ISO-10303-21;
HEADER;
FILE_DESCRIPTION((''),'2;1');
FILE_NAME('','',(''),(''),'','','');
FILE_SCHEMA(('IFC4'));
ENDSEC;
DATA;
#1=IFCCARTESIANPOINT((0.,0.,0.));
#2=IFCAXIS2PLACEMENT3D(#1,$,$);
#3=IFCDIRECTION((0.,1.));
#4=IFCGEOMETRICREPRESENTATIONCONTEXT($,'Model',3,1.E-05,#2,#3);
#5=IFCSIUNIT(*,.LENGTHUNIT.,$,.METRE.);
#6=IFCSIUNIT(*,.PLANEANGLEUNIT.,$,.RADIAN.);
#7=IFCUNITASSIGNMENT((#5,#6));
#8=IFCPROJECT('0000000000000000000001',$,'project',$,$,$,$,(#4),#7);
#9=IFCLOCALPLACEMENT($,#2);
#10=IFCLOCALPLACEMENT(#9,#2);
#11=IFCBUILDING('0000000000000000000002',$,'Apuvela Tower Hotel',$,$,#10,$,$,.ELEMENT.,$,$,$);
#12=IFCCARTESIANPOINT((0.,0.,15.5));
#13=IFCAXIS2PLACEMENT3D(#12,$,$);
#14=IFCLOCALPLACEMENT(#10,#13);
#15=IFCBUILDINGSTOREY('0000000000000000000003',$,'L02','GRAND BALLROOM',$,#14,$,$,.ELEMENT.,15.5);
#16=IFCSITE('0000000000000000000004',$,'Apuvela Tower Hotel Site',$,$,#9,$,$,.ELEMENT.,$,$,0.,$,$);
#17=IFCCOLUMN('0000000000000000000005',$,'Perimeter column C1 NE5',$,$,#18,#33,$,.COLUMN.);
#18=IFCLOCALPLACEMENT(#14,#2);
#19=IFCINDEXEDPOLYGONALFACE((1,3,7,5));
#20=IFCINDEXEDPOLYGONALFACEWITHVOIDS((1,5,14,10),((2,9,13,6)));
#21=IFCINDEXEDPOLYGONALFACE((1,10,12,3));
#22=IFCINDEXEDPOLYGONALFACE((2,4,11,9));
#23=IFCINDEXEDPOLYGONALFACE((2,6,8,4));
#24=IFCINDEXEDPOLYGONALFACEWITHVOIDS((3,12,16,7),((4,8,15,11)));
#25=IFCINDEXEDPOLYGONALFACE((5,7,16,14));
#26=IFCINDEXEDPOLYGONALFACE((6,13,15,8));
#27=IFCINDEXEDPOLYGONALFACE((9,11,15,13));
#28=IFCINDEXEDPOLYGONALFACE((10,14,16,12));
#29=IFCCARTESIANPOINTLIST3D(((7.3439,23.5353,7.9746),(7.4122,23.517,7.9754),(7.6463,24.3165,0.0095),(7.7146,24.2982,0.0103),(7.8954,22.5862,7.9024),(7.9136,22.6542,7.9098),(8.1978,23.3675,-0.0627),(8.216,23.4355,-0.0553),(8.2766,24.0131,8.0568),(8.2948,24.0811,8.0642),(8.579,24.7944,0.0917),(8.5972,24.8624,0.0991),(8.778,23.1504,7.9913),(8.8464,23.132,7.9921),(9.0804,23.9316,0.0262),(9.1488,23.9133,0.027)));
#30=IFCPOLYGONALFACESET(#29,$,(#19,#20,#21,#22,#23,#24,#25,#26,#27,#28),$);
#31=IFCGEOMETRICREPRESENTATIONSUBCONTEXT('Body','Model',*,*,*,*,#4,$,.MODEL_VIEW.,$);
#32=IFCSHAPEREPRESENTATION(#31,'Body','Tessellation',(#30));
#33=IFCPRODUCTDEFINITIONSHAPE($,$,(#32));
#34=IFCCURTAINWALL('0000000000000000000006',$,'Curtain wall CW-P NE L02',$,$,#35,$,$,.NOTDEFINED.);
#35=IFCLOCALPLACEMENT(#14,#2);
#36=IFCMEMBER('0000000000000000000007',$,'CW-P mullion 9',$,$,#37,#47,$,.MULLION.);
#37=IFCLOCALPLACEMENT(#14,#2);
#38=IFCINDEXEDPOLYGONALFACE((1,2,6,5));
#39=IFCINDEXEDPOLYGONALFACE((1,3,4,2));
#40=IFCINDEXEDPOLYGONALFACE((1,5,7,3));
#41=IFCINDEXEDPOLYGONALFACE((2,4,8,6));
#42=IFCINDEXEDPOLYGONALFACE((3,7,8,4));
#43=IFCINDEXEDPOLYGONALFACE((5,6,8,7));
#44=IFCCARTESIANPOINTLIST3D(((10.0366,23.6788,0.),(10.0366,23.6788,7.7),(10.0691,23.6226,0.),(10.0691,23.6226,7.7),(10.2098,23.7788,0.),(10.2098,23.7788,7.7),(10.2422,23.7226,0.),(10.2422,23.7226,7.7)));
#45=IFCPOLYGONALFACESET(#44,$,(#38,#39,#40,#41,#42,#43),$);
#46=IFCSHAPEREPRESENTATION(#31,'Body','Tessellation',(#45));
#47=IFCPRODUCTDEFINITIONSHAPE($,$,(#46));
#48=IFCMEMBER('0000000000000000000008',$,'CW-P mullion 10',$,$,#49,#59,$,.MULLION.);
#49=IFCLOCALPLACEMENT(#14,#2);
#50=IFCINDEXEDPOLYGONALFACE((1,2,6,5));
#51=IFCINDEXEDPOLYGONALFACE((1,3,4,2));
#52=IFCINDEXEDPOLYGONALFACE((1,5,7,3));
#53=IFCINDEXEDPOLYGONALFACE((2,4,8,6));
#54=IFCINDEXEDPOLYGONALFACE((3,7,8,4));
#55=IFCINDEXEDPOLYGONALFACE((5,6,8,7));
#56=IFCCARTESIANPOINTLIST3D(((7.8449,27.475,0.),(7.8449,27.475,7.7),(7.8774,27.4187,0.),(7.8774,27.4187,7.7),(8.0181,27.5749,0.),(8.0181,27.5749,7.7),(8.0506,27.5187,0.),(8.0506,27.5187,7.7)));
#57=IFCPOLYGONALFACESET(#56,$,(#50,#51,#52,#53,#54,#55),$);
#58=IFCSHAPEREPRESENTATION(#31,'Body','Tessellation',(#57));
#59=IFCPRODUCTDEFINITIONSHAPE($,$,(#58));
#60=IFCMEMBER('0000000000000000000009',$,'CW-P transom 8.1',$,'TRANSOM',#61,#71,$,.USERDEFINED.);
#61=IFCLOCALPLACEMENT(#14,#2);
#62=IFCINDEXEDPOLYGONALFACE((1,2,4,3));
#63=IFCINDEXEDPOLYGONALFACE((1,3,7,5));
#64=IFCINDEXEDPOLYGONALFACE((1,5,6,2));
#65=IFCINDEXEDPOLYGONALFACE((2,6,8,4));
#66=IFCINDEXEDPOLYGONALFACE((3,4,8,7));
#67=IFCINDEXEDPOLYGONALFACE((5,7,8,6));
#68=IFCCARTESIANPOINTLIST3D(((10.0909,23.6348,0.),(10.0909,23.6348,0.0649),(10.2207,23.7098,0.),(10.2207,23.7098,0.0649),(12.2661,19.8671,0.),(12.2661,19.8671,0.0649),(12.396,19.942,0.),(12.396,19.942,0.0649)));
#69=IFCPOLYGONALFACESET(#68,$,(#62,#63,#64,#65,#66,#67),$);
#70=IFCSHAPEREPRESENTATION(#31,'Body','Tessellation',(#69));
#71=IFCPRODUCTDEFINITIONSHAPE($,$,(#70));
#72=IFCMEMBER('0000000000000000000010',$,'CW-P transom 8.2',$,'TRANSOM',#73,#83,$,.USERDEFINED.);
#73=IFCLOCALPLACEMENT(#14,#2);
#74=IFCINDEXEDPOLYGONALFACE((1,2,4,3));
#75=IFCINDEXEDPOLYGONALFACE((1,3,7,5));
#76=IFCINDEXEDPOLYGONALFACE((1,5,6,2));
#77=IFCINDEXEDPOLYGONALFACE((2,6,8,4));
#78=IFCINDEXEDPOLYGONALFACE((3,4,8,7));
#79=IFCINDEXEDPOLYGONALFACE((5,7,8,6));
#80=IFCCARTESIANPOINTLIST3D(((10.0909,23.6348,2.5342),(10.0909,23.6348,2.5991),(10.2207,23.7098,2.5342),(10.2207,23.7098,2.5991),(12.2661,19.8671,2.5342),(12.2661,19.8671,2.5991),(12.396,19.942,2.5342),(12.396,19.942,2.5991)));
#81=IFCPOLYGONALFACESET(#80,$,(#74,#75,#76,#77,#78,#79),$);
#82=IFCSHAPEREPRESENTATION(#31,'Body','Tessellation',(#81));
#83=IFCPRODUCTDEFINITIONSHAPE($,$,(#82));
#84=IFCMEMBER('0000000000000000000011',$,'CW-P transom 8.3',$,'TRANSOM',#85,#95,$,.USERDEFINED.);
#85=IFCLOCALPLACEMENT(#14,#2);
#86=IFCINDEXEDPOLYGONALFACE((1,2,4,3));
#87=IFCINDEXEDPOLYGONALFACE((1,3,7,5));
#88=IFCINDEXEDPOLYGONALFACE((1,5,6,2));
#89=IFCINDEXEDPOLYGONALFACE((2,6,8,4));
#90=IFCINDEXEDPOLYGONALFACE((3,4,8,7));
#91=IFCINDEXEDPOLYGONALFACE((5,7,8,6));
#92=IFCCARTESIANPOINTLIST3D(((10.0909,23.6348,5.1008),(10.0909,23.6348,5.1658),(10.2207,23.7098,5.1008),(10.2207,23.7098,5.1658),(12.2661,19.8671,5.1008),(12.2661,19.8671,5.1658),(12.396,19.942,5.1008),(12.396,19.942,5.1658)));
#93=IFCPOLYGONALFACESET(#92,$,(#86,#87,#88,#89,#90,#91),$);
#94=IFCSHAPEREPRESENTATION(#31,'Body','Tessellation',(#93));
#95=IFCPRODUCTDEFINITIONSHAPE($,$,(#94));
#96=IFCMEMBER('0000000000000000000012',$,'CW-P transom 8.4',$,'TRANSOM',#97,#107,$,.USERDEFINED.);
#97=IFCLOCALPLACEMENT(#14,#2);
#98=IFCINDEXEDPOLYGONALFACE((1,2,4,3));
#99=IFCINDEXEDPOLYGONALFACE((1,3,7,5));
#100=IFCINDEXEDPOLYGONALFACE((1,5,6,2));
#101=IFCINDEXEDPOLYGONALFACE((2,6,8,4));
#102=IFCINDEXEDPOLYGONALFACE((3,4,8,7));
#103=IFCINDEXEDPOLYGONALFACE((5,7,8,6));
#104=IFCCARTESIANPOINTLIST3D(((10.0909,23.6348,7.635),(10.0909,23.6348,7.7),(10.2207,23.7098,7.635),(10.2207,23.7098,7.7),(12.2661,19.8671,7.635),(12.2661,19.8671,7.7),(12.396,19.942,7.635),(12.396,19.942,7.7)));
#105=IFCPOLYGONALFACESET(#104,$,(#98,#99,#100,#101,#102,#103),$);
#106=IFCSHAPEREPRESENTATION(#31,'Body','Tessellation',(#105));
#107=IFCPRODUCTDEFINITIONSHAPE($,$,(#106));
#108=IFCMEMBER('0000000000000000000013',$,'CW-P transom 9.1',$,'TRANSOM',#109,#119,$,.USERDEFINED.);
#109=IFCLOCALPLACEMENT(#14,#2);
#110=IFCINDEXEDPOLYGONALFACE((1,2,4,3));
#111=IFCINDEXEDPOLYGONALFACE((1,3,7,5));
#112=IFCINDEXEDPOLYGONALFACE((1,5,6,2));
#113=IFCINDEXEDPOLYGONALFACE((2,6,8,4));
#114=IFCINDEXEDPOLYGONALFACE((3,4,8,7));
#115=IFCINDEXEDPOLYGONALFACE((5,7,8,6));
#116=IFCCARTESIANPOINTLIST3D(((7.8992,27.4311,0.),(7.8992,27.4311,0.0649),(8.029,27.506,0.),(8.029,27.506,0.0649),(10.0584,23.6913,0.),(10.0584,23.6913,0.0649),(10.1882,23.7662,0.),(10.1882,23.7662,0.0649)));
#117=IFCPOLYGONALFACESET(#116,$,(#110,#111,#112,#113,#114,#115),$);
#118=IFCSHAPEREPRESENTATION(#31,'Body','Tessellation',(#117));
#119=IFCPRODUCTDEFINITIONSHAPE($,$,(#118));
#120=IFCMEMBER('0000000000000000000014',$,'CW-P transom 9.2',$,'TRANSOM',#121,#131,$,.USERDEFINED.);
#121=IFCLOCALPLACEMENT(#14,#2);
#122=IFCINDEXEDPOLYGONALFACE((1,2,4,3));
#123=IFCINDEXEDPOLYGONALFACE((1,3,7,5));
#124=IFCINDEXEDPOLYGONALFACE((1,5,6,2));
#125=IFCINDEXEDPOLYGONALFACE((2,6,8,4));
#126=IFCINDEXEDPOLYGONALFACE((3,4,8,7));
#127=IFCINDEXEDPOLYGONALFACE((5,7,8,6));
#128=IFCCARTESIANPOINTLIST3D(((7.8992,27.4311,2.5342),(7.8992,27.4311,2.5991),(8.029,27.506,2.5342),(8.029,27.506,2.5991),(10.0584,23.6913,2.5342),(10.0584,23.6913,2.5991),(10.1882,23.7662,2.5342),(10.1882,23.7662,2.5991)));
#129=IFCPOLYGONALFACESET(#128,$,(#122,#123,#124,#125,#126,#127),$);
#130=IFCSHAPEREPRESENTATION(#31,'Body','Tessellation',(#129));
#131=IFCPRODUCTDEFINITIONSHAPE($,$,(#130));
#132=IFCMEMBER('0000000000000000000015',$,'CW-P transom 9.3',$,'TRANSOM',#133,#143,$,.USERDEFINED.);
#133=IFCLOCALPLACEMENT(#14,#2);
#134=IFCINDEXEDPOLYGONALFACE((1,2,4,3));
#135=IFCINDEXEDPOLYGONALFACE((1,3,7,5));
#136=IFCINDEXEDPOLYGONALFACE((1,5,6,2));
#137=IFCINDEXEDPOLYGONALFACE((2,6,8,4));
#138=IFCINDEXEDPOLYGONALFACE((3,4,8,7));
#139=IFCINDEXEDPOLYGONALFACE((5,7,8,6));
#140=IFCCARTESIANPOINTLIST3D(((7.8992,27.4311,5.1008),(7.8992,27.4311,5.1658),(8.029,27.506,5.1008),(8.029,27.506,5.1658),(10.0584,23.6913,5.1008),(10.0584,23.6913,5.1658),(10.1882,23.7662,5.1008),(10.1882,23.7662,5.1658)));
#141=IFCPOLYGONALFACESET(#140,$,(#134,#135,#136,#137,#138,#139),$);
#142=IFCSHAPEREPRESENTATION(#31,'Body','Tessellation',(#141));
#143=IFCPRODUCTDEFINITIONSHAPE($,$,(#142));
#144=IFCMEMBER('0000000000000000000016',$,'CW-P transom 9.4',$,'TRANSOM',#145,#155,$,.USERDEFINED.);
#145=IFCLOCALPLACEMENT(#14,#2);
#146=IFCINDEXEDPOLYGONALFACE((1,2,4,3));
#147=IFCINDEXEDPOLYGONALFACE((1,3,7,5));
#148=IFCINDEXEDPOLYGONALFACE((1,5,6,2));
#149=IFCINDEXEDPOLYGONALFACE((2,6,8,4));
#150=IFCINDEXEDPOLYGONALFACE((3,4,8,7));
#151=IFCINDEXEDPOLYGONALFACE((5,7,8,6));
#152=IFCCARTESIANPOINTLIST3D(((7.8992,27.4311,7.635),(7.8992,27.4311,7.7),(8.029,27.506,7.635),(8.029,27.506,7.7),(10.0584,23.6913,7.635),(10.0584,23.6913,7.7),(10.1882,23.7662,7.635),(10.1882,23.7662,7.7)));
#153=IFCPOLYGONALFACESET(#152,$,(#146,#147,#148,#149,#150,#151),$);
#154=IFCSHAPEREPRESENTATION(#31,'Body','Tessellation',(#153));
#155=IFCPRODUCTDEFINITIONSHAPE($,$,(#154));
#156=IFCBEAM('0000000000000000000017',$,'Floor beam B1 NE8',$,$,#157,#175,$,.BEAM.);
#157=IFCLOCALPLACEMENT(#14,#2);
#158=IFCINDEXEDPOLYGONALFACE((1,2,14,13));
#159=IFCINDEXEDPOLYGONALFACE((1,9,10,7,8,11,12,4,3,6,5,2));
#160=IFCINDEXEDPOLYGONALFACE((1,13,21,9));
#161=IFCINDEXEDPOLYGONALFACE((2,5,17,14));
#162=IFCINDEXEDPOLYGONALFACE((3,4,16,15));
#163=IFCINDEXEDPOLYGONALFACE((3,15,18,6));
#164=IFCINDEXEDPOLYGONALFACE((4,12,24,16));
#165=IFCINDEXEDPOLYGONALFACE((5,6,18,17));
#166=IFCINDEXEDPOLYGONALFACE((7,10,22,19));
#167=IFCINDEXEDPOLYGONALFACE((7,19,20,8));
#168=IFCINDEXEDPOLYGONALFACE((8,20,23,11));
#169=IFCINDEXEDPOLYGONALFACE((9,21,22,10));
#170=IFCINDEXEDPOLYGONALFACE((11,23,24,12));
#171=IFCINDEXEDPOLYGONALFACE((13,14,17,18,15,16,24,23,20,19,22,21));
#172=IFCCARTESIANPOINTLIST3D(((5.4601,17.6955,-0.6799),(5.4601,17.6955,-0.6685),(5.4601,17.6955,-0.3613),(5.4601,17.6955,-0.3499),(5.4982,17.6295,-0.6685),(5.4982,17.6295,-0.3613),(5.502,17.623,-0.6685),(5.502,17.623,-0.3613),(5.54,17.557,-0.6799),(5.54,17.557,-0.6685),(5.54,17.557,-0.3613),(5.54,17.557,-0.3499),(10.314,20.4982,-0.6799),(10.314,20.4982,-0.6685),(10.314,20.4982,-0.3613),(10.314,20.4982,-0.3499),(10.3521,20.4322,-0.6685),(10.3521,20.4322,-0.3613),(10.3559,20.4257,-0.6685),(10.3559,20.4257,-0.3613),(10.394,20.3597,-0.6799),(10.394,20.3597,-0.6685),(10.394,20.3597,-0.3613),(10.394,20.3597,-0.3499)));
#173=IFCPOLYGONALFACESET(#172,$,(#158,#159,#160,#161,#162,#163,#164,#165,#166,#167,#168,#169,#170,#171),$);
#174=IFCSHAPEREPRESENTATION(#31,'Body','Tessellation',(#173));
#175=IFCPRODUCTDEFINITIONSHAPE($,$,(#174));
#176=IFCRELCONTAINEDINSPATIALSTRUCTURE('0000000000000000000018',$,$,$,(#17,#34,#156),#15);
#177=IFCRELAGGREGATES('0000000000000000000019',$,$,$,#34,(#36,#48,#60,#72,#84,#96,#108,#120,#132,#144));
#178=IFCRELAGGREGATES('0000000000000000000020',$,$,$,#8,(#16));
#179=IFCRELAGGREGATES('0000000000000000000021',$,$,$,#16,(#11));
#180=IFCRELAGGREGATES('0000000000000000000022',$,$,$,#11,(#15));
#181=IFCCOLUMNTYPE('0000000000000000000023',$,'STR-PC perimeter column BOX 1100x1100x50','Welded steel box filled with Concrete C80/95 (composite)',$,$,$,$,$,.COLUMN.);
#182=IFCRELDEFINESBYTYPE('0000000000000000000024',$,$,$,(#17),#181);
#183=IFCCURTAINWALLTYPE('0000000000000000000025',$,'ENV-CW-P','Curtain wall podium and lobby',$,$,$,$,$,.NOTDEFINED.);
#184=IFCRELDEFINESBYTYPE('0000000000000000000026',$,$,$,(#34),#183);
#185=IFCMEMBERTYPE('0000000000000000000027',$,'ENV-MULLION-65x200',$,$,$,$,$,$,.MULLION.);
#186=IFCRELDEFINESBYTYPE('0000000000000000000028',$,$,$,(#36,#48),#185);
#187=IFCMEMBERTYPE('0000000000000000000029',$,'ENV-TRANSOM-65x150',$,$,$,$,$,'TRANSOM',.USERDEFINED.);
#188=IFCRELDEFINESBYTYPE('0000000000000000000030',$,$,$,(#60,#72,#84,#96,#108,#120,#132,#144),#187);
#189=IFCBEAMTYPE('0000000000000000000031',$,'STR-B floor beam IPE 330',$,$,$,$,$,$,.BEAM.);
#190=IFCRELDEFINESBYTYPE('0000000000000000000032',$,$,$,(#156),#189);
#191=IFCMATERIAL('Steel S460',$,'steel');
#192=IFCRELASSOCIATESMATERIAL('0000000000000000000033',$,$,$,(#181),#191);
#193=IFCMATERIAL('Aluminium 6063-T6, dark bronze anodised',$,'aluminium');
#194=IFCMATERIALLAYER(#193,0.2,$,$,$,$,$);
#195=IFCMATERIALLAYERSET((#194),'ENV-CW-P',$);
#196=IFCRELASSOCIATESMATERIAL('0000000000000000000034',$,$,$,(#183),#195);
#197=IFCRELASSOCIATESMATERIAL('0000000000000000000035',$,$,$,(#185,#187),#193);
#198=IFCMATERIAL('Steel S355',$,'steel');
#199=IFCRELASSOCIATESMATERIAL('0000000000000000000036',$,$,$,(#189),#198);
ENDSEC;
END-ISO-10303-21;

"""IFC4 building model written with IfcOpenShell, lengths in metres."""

from ifc_helpers import new_model, si_unit, direction, frame, origin, origin_2d, place, context, subcontext, project, spatial, rectangle, hollow_rectangle, i_section, extrude, boolean, halfspace, material, layer, layer_set, material_profile, profile_set, type_object, element, aggregate, save


model = new_model("IFC4")

# Units and contexts
model_context = context("Model", 3, precision=1e-05, world=origin(), true_north=direction((0.0, 1.0)))
body_context = subcontext(model_context, "Body", "Model", "MODEL_VIEW")
ifc_project = project(units=[si_unit("LENGTHUNIT", "METRE"), si_unit("PLANEANGLEUNIT", "RADIAN")], contexts=[model_context])

# Site, building, storey
site_placement = place(None, origin())
site = spatial("IfcSite", under=ifc_project, at=site_placement, Name="Apuvela Tower Hotel Site", CompositionType="ELEMENT", RefElevation=0.0)
building_placement = place(site_placement, origin())
building = spatial("IfcBuilding", under=site, at=building_placement, Name="Apuvela Tower Hotel", CompositionType="ELEMENT")
storey_placement = place(building_placement, frame((0.0, 0.0, 15.5)))
storey = spatial("IfcBuildingStorey", under=building, at=storey_placement, Name="L02", Description="GRAND BALLROOM", CompositionType="ELEMENT", Elevation=15.5)

# Column
ifc_material_1 = material(Name="Steel S460", Category="steel")
ifc_material_profile_1 = material_profile(ifc_material_1, hollow_rectangle(XDim=1.1001, YDim=1.1001, WallThickness=0.05, at=origin_2d()), Name="BOX 1100x1100x50")
ifc_material_2 = material(Name="Concrete C80/95", Category="concrete")
ifc_material_profile_2 = material_profile(ifc_material_2, rectangle(XDim=1.0, YDim=1.0, at=origin_2d()), Name="Concrete C80/95 infill")
ifc_profile_set_1 = profile_set([ifc_material_profile_1, ifc_material_profile_2], Name="Steel S460")
column_type = type_object("IfcColumnType", Name="STR-PC perimeter column BOX 1100x1100x50", Description="Welded steel box filled with Concrete C80/95 (composite)", PredefinedType="COLUMN", material=ifc_profile_set_1)
column_placement = place(storey_placement, frame((8.3982, 24.1167, 0.0), z_axis=(-0.037756, -0.097545, 0.994515), x_axis=(-0.501389, 0.862733, 0.065585)))
element("IfcColumn", 1, at=column_placement, inside=storey, type_object=column_type, Name="Perimeter column C1 NE5", PredefinedType="COLUMN", context=body_context, shape_type="SweptSolid", body=[
    boolean("DIFFERENCE", boolean("DIFFERENCE", extrude(hollow_rectangle(XDim=1.1001, YDim=1.1001, WallThickness=0.05, at=origin_2d()), origin(), (0.0, 0.0, 1.0), 8.0442), halfspace(frame((0.0, 0.0, 0.0183), z_axis=(0.0, 0.0, 1.0), x_axis=(1.0, 0.0, 0.0)), True)), halfspace(frame((0.0, 0.0, 8.0273), z_axis=(0.0, 0.0, 1.0), x_axis=(1.0, 0.0, 0.0)), False)),
])

# Curtain wall, members
ifc_material_3 = material(Name="Aluminium 6063-T6, dark bronze anodised", Category="aluminium")
ifc_layer_1 = layer(ifc_material_3, 0.2)
ifc_layer_set_1 = layer_set([ifc_layer_1], Name="ENV-CW-P")
curtain_wall_type = type_object("IfcCurtainWallType", Name="ENV-CW-P", Description="Curtain wall podium and lobby", PredefinedType="NOTDEFINED", material=ifc_layer_set_1)
curtain_wall_placement = place(storey_placement, origin())
curtain_wall = element("IfcCurtainWall", 2, at=curtain_wall_placement, inside=storey, type_object=curtain_wall_type, Name="Curtain wall CW-P NE L02", PredefinedType="NOTDEFINED")
ifc_material_profile_3 = material_profile(ifc_material_3, rectangle(XDim=0.2, YDim=0.0649, at=origin_2d()), Name="AL 65x200")
ifc_profile_set_2 = profile_set([ifc_material_profile_3], Name="Aluminium 6063-T6, dark bronze anodised")
member_type_1 = type_object("IfcMemberType", Name="ENV-MULLION-65x200", PredefinedType="MULLION", material=ifc_profile_set_2)
member_1_placement = place(storey_placement, frame((10.1394, 23.7007, 0.0), z_axis=(0.0, 0.0, 1.0), x_axis=(-0.866025, -0.500001, 0.0)))
member_1 = element("IfcMember", 3, at=member_1_placement, type_object=member_type_1, Name="CW-P mullion 9", PredefinedType="MULLION", context=body_context, shape_type="SweptSolid", body=[
    extrude(rectangle(XDim=0.2, YDim=0.0649, at=origin_2d()), origin(), (0.0, 0.0, 1.0), 7.7),
])
member_2_placement = place(storey_placement, frame((7.9478, 27.4968, 0.0), z_axis=(0.0, 0.0, 1.0), x_axis=(-0.866025, -0.500001, 0.0)))
member_2 = element("IfcMember", 4, at=member_2_placement, type_object=member_type_1, Name="CW-P mullion 10", PredefinedType="MULLION", context=body_context, shape_type="SweptSolid", body=[
    extrude(rectangle(XDim=0.2, YDim=0.0649, at=origin_2d()), origin(), (0.0, 0.0, 1.0), 7.7),
])
ifc_material_profile_4 = material_profile(ifc_material_3, rectangle(XDim=0.1499, YDim=0.0649, at=origin_2d()), Name="AL 65x150 transom")
ifc_profile_set_3 = profile_set([ifc_material_profile_4], Name="Aluminium 6063-T6, dark bronze anodised")
member_type_2 = type_object("IfcMemberType", Name="ENV-TRANSOM-65x150", ElementType="TRANSOM", PredefinedType="USERDEFINED", material=ifc_profile_set_3)
member_3_placement = place(storey_placement, frame((12.3311, 19.9045, 0.0325), z_axis=(-0.49999, 0.866031, 0.0), x_axis=(-0.866031, -0.49999, 0.0)))
member_3 = element("IfcMember", 5, at=member_3_placement, type_object=member_type_2, Name="CW-P transom 8.1", ObjectType="TRANSOM", PredefinedType="USERDEFINED", context=body_context, shape_type="SweptSolid", body=[
    extrude(rectangle(XDim=0.1499, YDim=0.0649, at=origin_2d()), origin(), (0.0, 0.0, 1.0), 4.3506),
])
member_4_placement = place(storey_placement, frame((12.3311, 19.9045, 2.5667), z_axis=(-0.49999, 0.866031, 0.0), x_axis=(-0.866031, -0.49999, 0.0)))
member_4 = element("IfcMember", 6, at=member_4_placement, type_object=member_type_2, Name="CW-P transom 8.2", ObjectType="TRANSOM", PredefinedType="USERDEFINED", context=body_context, shape_type="SweptSolid", body=[
    extrude(rectangle(XDim=0.1499, YDim=0.0649, at=origin_2d()), origin(), (0.0, 0.0, 1.0), 4.3506),
])
member_5_placement = place(storey_placement, frame((12.3311, 19.9045, 5.1333), z_axis=(-0.49999, 0.866031, 0.0), x_axis=(-0.866031, -0.49999, 0.0)))
member_5 = element("IfcMember", 7, at=member_5_placement, type_object=member_type_2, Name="CW-P transom 8.3", ObjectType="TRANSOM", PredefinedType="USERDEFINED", context=body_context, shape_type="SweptSolid", body=[
    extrude(rectangle(XDim=0.1499, YDim=0.0649, at=origin_2d()), origin(), (0.0, 0.0, 1.0), 4.3506),
])
member_6_placement = place(storey_placement, frame((12.3311, 19.9045, 7.6675), z_axis=(-0.49999, 0.866031, 0.0), x_axis=(-0.866031, -0.49999, 0.0)))
member_6 = element("IfcMember", 8, at=member_6_placement, type_object=member_type_2, Name="CW-P transom 8.4", ObjectType="TRANSOM", PredefinedType="USERDEFINED", context=body_context, shape_type="SweptSolid", body=[
    extrude(rectangle(XDim=0.1499, YDim=0.0649, at=origin_2d()), origin(), (0.0, 0.0, 1.0), 4.3506),
])
member_7_placement = place(storey_placement, frame((10.1233, 23.7288, 0.0325), z_axis=(-0.500006, 0.866022, 0.0), x_axis=(-0.866022, -0.500006, 0.0)))
member_7 = element("IfcMember", 9, at=member_7_placement, type_object=member_type_2, Name="CW-P transom 9.1", ObjectType="TRANSOM", PredefinedType="USERDEFINED", context=body_context, shape_type="SweptSolid", body=[
    extrude(rectangle(XDim=0.1499, YDim=0.0649, at=origin_2d()), origin(), (0.0, 0.0, 1.0), 4.3184),
])
member_8_placement = place(storey_placement, frame((10.1233, 23.7288, 2.5667), z_axis=(-0.500006, 0.866022, 0.0), x_axis=(-0.866022, -0.500006, 0.0)))
member_8 = element("IfcMember", 10, at=member_8_placement, type_object=member_type_2, Name="CW-P transom 9.2", ObjectType="TRANSOM", PredefinedType="USERDEFINED", context=body_context, shape_type="SweptSolid", body=[
    extrude(rectangle(XDim=0.1499, YDim=0.0649, at=origin_2d()), origin(), (0.0, 0.0, 1.0), 4.3184),
])
member_9_placement = place(storey_placement, frame((10.1233, 23.7288, 5.1333), z_axis=(-0.500006, 0.866022, 0.0), x_axis=(-0.866022, -0.500006, 0.0)))
member_9 = element("IfcMember", 11, at=member_9_placement, type_object=member_type_2, Name="CW-P transom 9.3", ObjectType="TRANSOM", PredefinedType="USERDEFINED", context=body_context, shape_type="SweptSolid", body=[
    extrude(rectangle(XDim=0.1499, YDim=0.0649, at=origin_2d()), origin(), (0.0, 0.0, 1.0), 4.3184),
])
member_10_placement = place(storey_placement, frame((10.1233, 23.7288, 7.6675), z_axis=(-0.500006, 0.866022, 0.0), x_axis=(-0.866022, -0.500006, 0.0)))
member_10 = element("IfcMember", 12, at=member_10_placement, type_object=member_type_2, Name="CW-P transom 9.4", ObjectType="TRANSOM", PredefinedType="USERDEFINED", context=body_context, shape_type="SweptSolid", body=[
    extrude(rectangle(XDim=0.1499, YDim=0.0649, at=origin_2d()), origin(), (0.0, 0.0, 1.0), 4.3184),
])

# Beam
ifc_material_4 = material(Name="Steel S355", Category="steel")
ifc_material_profile_5 = material_profile(ifc_material_4, i_section(OverallWidth=0.1599, OverallDepth=0.3301, WebThickness=0.0076, FlangeThickness=0.0115, at=origin_2d()), Name="IPE 330")
ifc_profile_set_4 = profile_set([ifc_material_profile_5], Name="Steel S355")
beam_type_1 = type_object("IfcBeamType", Name="STR-B floor beam IPE 330", PredefinedType="BEAM", material=ifc_profile_set_4)
beam_1_placement = place(storey_placement, frame((10.354, 20.429, -0.5149), z_axis=(-0.866004, -0.500037, 0.0), x_axis=(0.500037, -0.866004, 0.0)))
element("IfcBeam", 13, at=beam_1_placement, inside=storey, type_object=beam_type_1, Name="Floor beam B1 NE8", PredefinedType="BEAM", context=body_context, shape_type="SweptSolid", body=[
    extrude(i_section(OverallWidth=0.1599, OverallDepth=0.3301, WebThickness=0.0076, FlangeThickness=0.0115, at=origin_2d()), origin(), (0.0, 0.0, 1.0), 5.605),
])

aggregate(curtain_wall, [member_1, member_2, member_3, member_4, member_5, member_6, member_7, member_8, member_9, member_10])

save(model, "model.ifc")
